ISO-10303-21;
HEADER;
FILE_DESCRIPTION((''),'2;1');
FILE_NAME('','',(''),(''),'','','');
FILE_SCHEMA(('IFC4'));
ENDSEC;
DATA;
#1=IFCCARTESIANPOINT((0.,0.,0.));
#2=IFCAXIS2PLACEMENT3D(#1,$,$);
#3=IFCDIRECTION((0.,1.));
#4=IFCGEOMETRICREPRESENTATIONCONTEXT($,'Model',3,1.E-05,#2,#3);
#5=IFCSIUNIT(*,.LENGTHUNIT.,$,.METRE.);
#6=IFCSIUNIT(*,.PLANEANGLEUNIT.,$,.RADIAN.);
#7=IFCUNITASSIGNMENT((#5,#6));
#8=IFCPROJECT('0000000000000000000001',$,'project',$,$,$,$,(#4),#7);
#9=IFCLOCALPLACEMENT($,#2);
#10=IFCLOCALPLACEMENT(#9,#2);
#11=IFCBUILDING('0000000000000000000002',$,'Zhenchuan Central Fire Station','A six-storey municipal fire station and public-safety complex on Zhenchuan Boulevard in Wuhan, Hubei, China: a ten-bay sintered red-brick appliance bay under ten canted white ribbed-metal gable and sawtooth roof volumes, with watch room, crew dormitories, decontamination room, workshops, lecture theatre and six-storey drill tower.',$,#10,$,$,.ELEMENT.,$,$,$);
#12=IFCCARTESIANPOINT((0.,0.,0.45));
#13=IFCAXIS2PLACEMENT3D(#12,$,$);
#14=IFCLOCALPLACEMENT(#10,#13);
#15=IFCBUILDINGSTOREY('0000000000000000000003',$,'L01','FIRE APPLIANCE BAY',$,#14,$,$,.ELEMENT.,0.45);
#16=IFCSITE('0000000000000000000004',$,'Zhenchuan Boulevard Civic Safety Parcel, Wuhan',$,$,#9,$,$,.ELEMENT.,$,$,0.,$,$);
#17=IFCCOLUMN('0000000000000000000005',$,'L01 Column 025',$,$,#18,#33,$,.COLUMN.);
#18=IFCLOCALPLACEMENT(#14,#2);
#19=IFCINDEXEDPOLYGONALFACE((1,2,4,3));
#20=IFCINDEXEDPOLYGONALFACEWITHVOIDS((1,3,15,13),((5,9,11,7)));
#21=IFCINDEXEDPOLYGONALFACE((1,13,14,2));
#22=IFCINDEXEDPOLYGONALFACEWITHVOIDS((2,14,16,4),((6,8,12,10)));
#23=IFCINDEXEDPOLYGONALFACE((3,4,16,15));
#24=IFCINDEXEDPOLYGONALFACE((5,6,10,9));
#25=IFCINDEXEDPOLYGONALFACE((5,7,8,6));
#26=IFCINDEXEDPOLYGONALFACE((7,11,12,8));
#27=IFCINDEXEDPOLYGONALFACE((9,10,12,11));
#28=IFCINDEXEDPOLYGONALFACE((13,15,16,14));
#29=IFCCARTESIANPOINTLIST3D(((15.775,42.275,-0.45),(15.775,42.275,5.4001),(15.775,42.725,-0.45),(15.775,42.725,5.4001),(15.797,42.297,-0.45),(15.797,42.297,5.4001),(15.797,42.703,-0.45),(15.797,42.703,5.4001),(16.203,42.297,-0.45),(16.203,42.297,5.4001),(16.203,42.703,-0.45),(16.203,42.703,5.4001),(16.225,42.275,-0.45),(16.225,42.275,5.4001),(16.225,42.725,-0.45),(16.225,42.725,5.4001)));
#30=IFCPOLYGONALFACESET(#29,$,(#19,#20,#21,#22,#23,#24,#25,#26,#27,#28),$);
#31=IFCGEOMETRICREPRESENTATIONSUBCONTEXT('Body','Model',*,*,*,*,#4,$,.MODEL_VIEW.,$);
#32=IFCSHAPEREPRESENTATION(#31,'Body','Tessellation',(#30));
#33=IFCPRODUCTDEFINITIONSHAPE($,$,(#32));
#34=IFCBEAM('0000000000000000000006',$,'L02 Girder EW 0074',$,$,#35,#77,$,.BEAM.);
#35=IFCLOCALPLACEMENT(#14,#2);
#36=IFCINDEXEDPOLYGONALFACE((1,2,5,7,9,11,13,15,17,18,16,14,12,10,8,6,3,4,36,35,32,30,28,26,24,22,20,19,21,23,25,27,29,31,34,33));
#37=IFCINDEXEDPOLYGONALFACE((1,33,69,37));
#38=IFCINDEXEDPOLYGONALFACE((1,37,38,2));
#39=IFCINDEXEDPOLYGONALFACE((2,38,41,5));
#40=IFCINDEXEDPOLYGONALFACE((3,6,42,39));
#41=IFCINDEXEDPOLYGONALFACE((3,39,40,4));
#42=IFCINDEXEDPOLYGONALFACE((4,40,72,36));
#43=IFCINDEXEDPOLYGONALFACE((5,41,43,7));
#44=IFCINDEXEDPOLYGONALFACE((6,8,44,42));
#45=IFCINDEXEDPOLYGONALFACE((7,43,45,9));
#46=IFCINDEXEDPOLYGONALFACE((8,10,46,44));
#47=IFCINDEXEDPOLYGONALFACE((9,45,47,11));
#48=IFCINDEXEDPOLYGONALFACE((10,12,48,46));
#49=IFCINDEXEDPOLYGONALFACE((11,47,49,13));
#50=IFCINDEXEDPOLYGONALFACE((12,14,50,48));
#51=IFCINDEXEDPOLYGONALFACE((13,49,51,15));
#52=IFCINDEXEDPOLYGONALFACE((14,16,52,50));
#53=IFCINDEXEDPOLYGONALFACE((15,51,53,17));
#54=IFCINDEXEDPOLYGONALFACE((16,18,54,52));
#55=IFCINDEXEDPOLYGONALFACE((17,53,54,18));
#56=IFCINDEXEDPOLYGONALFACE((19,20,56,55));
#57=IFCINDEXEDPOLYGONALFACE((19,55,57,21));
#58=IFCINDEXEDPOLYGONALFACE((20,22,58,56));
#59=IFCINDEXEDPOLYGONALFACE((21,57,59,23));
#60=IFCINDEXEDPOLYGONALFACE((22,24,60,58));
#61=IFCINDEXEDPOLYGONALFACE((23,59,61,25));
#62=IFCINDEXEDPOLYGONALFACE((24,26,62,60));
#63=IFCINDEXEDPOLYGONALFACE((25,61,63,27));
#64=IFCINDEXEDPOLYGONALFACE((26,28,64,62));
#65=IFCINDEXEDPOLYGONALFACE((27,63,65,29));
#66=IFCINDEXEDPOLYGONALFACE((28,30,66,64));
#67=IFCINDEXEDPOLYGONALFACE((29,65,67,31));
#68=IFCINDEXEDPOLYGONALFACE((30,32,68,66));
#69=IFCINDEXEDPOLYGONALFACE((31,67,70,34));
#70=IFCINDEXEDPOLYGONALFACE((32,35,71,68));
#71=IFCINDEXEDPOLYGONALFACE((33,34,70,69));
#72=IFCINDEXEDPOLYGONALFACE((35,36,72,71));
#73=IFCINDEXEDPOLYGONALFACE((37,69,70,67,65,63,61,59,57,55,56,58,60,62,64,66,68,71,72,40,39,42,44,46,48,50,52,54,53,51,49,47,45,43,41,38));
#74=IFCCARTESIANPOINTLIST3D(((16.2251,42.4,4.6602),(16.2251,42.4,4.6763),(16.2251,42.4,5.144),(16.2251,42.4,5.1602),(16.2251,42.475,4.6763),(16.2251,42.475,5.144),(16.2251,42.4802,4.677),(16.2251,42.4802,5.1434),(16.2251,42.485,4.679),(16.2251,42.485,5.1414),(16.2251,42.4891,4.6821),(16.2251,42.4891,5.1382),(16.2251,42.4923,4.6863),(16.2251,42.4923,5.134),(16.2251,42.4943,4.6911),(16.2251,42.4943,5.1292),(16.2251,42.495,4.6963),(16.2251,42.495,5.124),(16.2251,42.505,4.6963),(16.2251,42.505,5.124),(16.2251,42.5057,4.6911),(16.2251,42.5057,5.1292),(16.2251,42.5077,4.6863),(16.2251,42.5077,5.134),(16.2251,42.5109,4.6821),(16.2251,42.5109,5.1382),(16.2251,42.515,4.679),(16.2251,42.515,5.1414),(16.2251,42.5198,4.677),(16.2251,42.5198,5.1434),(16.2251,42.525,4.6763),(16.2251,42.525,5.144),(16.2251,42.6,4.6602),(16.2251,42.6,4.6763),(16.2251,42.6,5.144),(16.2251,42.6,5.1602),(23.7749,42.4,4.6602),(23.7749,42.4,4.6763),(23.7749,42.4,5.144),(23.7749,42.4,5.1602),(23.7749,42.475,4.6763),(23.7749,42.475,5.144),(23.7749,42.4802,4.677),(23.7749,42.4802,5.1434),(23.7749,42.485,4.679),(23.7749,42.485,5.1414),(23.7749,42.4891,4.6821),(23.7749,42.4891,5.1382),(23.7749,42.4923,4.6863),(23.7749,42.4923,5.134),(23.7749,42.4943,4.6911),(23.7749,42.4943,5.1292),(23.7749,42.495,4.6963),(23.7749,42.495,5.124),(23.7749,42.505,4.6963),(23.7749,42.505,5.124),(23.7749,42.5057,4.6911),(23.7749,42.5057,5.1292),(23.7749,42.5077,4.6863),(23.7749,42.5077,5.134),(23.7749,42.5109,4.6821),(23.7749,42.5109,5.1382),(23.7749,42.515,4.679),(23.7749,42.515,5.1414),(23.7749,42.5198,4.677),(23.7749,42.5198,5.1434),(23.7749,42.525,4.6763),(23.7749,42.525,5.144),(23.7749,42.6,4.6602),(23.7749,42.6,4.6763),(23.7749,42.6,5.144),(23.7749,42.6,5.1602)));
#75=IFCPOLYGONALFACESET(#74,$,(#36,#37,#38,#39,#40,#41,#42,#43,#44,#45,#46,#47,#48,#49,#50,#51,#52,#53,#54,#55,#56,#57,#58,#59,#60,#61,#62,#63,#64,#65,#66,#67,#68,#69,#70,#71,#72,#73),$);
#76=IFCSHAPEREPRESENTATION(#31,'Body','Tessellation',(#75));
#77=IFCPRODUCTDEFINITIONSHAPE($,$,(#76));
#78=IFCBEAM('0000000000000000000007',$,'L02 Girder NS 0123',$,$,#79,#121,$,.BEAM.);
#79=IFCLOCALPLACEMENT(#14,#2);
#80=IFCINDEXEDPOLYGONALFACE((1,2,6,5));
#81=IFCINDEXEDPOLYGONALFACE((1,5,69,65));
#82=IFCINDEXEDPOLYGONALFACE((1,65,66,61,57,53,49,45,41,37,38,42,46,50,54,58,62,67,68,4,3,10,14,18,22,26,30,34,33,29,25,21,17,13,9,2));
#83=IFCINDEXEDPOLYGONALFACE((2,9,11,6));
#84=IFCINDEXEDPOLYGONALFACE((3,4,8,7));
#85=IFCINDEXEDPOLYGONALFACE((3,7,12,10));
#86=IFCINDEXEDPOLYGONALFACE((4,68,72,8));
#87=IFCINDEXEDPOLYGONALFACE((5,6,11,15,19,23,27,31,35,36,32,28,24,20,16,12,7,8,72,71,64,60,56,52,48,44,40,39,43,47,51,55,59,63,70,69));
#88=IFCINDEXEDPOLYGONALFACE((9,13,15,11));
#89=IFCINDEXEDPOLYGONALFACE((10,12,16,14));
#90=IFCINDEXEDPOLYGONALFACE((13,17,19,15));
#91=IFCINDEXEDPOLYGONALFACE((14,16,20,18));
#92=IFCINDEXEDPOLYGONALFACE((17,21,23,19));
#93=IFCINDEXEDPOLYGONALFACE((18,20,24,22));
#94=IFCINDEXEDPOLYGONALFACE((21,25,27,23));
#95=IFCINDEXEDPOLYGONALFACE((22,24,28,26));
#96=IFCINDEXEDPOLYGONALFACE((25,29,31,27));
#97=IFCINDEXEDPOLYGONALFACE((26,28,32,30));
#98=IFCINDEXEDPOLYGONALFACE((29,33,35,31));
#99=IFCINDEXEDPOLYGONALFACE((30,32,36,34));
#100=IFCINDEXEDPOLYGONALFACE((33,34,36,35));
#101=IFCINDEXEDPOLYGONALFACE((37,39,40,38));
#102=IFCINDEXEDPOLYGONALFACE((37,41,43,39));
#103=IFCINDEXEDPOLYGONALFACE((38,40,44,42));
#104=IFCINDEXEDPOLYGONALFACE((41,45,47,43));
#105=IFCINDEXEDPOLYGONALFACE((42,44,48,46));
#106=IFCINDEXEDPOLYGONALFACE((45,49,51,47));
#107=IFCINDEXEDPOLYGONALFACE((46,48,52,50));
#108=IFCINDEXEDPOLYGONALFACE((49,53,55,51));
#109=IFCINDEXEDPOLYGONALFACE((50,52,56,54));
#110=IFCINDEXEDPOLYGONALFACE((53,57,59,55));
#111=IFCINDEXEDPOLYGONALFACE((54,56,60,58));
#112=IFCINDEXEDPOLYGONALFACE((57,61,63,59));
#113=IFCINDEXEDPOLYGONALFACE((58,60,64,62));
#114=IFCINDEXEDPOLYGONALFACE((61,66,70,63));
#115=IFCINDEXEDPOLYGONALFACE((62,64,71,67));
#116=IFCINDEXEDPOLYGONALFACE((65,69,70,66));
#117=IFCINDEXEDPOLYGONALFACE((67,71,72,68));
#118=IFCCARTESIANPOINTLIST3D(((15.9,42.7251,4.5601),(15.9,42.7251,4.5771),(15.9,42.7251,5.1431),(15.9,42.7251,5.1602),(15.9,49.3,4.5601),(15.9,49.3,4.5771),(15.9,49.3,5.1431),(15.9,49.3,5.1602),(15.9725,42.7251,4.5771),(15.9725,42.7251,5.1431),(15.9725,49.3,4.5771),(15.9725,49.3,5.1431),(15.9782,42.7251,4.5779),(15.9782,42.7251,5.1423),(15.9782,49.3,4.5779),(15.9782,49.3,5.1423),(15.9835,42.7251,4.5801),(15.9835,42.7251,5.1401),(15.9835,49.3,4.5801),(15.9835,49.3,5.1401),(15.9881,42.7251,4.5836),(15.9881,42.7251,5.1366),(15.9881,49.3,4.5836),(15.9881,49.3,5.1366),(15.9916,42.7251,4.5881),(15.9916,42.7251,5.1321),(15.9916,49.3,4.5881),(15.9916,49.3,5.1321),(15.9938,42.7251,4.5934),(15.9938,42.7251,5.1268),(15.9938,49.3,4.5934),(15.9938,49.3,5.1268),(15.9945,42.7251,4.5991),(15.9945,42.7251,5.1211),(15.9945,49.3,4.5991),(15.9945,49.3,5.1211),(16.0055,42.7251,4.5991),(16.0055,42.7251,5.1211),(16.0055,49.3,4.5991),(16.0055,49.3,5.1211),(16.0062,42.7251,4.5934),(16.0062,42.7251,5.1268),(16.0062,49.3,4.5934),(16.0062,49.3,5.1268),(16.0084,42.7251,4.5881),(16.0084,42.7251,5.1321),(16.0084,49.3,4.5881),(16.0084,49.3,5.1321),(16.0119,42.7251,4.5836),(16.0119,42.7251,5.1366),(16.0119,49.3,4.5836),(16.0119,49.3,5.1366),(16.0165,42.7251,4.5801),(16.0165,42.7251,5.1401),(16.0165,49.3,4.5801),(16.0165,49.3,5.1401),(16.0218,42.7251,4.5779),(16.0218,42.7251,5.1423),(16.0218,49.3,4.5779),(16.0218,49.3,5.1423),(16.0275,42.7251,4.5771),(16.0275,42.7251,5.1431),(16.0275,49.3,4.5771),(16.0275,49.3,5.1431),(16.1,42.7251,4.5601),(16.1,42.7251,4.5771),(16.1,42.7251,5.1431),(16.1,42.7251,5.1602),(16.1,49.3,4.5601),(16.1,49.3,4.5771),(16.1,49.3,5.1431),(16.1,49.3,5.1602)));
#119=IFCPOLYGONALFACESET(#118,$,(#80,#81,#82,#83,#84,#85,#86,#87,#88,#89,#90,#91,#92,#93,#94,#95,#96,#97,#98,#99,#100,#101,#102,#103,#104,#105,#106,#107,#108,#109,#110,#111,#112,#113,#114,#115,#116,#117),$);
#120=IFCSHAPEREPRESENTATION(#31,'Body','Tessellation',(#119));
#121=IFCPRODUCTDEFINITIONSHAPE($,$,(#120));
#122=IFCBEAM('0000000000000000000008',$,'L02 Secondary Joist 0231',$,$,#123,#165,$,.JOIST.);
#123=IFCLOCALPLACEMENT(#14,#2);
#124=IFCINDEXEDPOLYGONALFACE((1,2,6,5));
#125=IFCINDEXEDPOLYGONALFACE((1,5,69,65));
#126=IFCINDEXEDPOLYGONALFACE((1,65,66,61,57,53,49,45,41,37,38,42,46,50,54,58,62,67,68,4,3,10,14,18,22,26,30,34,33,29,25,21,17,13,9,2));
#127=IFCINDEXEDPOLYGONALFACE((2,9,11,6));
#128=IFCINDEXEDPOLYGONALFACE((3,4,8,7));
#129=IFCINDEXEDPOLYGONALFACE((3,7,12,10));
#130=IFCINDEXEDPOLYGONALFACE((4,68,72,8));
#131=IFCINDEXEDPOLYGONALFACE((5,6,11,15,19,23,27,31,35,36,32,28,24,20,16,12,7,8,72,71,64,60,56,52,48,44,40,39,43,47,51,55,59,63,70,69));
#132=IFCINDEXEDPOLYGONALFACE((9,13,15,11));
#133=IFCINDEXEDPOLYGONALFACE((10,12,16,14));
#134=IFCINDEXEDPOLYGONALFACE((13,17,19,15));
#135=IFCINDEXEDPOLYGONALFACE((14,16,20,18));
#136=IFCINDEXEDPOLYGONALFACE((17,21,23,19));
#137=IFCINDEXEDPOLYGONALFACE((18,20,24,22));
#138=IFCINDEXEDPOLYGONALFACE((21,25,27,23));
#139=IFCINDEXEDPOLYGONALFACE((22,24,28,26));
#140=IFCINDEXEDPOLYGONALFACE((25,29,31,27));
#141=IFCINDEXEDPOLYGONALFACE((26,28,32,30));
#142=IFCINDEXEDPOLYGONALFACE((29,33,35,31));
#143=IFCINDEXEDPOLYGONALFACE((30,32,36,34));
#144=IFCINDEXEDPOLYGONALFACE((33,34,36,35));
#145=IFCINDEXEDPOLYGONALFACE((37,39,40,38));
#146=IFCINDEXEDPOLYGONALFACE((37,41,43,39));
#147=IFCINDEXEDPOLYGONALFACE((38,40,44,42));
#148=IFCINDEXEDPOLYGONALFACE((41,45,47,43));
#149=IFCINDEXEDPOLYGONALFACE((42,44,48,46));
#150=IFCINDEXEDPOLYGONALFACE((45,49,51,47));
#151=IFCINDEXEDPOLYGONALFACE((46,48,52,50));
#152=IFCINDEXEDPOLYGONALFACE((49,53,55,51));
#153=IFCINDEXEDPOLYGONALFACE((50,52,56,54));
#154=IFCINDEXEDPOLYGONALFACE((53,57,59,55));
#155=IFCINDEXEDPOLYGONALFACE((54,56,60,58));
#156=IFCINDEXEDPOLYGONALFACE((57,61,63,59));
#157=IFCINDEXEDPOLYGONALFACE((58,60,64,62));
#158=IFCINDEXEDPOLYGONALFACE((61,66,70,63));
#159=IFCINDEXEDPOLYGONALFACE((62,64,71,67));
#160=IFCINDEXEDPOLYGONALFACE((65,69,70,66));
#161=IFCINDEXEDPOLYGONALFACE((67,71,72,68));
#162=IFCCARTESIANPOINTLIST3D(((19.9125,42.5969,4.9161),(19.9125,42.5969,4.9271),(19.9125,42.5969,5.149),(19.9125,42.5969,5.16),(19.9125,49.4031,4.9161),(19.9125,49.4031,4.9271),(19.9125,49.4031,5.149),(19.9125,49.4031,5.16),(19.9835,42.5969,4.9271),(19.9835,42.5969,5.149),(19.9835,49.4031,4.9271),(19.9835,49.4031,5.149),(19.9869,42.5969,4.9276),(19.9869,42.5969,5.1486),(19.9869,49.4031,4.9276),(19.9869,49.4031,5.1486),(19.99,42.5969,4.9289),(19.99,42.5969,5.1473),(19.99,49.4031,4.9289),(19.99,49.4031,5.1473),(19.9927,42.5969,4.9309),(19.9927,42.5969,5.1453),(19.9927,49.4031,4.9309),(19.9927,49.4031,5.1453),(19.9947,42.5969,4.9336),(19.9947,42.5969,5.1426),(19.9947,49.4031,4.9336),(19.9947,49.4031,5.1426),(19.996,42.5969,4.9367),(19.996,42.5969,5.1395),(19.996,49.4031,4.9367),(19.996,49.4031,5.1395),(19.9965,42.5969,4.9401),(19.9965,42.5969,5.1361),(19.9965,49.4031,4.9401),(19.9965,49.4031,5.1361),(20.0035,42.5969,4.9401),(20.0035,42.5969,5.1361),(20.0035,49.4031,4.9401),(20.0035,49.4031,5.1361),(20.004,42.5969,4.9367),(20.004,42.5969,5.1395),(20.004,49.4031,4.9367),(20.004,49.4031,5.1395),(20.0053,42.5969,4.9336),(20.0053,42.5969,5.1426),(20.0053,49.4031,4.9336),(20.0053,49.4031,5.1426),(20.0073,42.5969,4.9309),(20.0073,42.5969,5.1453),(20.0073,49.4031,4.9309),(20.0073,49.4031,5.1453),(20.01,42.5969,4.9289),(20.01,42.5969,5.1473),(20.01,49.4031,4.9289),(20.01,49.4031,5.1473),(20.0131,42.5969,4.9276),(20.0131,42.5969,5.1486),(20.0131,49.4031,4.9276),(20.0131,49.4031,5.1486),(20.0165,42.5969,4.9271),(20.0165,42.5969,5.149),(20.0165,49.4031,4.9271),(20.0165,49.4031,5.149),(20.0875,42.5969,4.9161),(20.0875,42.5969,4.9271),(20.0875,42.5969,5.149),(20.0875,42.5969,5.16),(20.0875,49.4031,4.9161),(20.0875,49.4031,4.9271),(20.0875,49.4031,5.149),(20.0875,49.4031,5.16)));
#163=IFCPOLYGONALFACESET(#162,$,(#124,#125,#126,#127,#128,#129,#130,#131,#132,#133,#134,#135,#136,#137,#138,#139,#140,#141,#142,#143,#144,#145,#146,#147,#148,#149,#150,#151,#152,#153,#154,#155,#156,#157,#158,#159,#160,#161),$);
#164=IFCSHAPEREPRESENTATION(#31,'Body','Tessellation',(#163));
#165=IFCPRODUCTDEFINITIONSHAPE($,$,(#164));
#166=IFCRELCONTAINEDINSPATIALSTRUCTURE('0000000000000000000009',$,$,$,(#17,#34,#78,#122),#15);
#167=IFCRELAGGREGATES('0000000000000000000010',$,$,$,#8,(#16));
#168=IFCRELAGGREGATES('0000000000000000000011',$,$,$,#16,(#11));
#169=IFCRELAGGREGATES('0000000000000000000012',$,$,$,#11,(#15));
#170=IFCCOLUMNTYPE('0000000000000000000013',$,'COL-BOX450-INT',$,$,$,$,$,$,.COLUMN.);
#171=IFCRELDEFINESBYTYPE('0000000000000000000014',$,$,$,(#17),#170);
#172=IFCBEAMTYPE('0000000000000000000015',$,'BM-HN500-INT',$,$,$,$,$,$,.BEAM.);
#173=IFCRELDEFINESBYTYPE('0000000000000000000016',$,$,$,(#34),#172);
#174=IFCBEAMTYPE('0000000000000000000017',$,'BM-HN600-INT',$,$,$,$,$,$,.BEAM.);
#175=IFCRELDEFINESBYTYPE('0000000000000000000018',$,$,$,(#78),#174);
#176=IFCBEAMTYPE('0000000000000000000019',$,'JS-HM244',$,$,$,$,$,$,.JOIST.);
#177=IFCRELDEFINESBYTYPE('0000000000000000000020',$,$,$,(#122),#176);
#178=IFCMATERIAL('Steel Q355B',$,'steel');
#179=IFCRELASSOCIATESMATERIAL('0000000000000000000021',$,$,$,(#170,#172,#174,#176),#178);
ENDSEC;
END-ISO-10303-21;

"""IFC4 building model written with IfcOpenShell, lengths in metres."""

from ifc_helpers import new_model, si_unit, direction, frame, origin, origin_2d, place, context, subcontext, project, spatial, hollow_rectangle, i_section, extrude, material, material_profile, profile_set, type_object, element, save


model = new_model("IFC4")

# Units and contexts
model_context = context("Model", 3, precision=1e-05, world=origin(), true_north=direction((0.0, 1.0)))
body_context = subcontext(model_context, "Body", "Model", "MODEL_VIEW")
ifc_project = project(units=[si_unit("LENGTHUNIT", "METRE"), si_unit("PLANEANGLEUNIT", "RADIAN")], contexts=[model_context])

# Site, building, storey
site_placement = place(None, origin())
site = spatial("IfcSite", under=ifc_project, at=site_placement, Name="Zhenchuan Boulevard Civic Safety Parcel, Wuhan", CompositionType="ELEMENT", RefElevation=0.0)
building_placement = place(site_placement, origin())
building = spatial("IfcBuilding", under=site, at=building_placement, Name="Zhenchuan Central Fire Station", Description="A six-storey municipal fire station and public-safety complex on Zhenchuan Boulevard in Wuhan, Hubei, China: a ten-bay sintered red-brick appliance bay under ten canted white ribbed-metal gable and sawtooth roof volumes, with watch room, crew dormitories, decontamination room, workshops, lecture theatre and six-storey drill tower.", CompositionType="ELEMENT")
storey_placement = place(building_placement, frame((0.0, 0.0, 0.45)))
storey = spatial("IfcBuildingStorey", under=building, at=storey_placement, Name="L01", Description="FIRE APPLIANCE BAY", CompositionType="ELEMENT", Elevation=0.45)

# Column
ifc_material_1 = material(Name="Steel Q355B", Category="steel")
ifc_material_profile_1 = material_profile(ifc_material_1, hollow_rectangle(XDim=0.45, YDim=0.45, WallThickness=0.022, at=origin_2d()), Name="BOX 450x450x22")
ifc_profile_set_1 = profile_set([ifc_material_profile_1], Name="Steel Q355B")
column_type = type_object("IfcColumnType", Name="COL-BOX450-INT", PredefinedType="COLUMN", material=ifc_profile_set_1)
column_placement = place(storey_placement, frame((16.0, 42.5, -0.45), z_axis=(0.0, 0.0, 1.0), x_axis=(1.0, 0.0, 0.0)))
element("IfcColumn", 1, at=column_placement, inside=storey, type_object=column_type, Name="L01 Column 025", PredefinedType="COLUMN", context=body_context, shape_type="SweptSolid", body=[
    extrude(hollow_rectangle(XDim=0.45, YDim=0.45, WallThickness=0.022, at=origin_2d()), origin(), (0.0, 0.0, 1.0), 5.8501),
])

# Beams
ifc_material_profile_2 = material_profile(ifc_material_1, i_section(OverallWidth=0.2, OverallDepth=0.5, WebThickness=0.01, FlangeThickness=0.0161, FilletRadius=0.02, at=origin_2d()), Name="HN 500x200")
ifc_profile_set_2 = profile_set([ifc_material_profile_2], Name="Steel Q355B")
beam_type_1 = type_object("IfcBeamType", Name="BM-HN500-INT", PredefinedType="BEAM", material=ifc_profile_set_2)
beam_1_placement = place(storey_placement, frame((16.2251, 42.5, 4.9102), z_axis=(1.0, 0.0, 0.0), x_axis=(0.0, 1.0, 0.0)))
element("IfcBeam", 2, at=beam_1_placement, inside=storey, type_object=beam_type_1, Name="L02 Girder EW 0074", PredefinedType="BEAM", context=body_context, shape_type="SweptSolid", body=[
    extrude(i_section(OverallWidth=0.2, OverallDepth=0.5, WebThickness=0.01, FlangeThickness=0.0161, FilletRadius=0.02, at=origin_2d()), origin(), (0.0, 0.0, 1.0), 7.5498),
])
ifc_material_profile_3 = material_profile(ifc_material_1, i_section(OverallWidth=0.2, OverallDepth=0.6001, WebThickness=0.011, FlangeThickness=0.0171, FilletRadius=0.022, at=origin_2d()), Name="HN 600x200")
ifc_profile_set_3 = profile_set([ifc_material_profile_3], Name="Steel Q355B")
beam_type_2 = type_object("IfcBeamType", Name="BM-HN600-INT", PredefinedType="BEAM", material=ifc_profile_set_3)
beam_2_placement = place(storey_placement, frame((16.0, 42.7251, 4.8601), z_axis=(0.0, 1.0, 0.0), x_axis=(-1.0, 0.0, 0.0)))
element("IfcBeam", 3, at=beam_2_placement, inside=storey, type_object=beam_type_2, Name="L02 Girder NS 0123", PredefinedType="BEAM", context=body_context, shape_type="SweptSolid", body=[
    extrude(i_section(OverallWidth=0.2, OverallDepth=0.6001, WebThickness=0.011, FlangeThickness=0.0171, FilletRadius=0.022, at=origin_2d()), origin(), (0.0, 0.0, 1.0), 6.575),
])
ifc_material_profile_4 = material_profile(ifc_material_1, i_section(OverallWidth=0.175, OverallDepth=0.2439, WebThickness=0.0071, FlangeThickness=0.011, FilletRadius=0.0129, at=origin_2d()), Name="HM 244x175")
ifc_profile_set_4 = profile_set([ifc_material_profile_4], Name="Steel Q355B")
beam_type_3 = type_object("IfcBeamType", Name="JS-HM244", PredefinedType="JOIST", material=ifc_profile_set_4)
beam_3_placement = place(storey_placement, frame((20.0, 42.5969, 5.0381), z_axis=(0.0, 1.0, 0.0), x_axis=(-1.0, 0.0, 0.0)))
element("IfcBeam", 4, at=beam_3_placement, inside=storey, type_object=beam_type_3, Name="L02 Secondary Joist 0231", PredefinedType="JOIST", context=body_context, shape_type="SweptSolid", body=[
    extrude(i_section(OverallWidth=0.175, OverallDepth=0.2439, WebThickness=0.0071, FlangeThickness=0.011, FilletRadius=0.0129, at=origin_2d()), origin(), (0.0, 0.0, 1.0), 6.8062),
])

save(model, "model.ifc")
